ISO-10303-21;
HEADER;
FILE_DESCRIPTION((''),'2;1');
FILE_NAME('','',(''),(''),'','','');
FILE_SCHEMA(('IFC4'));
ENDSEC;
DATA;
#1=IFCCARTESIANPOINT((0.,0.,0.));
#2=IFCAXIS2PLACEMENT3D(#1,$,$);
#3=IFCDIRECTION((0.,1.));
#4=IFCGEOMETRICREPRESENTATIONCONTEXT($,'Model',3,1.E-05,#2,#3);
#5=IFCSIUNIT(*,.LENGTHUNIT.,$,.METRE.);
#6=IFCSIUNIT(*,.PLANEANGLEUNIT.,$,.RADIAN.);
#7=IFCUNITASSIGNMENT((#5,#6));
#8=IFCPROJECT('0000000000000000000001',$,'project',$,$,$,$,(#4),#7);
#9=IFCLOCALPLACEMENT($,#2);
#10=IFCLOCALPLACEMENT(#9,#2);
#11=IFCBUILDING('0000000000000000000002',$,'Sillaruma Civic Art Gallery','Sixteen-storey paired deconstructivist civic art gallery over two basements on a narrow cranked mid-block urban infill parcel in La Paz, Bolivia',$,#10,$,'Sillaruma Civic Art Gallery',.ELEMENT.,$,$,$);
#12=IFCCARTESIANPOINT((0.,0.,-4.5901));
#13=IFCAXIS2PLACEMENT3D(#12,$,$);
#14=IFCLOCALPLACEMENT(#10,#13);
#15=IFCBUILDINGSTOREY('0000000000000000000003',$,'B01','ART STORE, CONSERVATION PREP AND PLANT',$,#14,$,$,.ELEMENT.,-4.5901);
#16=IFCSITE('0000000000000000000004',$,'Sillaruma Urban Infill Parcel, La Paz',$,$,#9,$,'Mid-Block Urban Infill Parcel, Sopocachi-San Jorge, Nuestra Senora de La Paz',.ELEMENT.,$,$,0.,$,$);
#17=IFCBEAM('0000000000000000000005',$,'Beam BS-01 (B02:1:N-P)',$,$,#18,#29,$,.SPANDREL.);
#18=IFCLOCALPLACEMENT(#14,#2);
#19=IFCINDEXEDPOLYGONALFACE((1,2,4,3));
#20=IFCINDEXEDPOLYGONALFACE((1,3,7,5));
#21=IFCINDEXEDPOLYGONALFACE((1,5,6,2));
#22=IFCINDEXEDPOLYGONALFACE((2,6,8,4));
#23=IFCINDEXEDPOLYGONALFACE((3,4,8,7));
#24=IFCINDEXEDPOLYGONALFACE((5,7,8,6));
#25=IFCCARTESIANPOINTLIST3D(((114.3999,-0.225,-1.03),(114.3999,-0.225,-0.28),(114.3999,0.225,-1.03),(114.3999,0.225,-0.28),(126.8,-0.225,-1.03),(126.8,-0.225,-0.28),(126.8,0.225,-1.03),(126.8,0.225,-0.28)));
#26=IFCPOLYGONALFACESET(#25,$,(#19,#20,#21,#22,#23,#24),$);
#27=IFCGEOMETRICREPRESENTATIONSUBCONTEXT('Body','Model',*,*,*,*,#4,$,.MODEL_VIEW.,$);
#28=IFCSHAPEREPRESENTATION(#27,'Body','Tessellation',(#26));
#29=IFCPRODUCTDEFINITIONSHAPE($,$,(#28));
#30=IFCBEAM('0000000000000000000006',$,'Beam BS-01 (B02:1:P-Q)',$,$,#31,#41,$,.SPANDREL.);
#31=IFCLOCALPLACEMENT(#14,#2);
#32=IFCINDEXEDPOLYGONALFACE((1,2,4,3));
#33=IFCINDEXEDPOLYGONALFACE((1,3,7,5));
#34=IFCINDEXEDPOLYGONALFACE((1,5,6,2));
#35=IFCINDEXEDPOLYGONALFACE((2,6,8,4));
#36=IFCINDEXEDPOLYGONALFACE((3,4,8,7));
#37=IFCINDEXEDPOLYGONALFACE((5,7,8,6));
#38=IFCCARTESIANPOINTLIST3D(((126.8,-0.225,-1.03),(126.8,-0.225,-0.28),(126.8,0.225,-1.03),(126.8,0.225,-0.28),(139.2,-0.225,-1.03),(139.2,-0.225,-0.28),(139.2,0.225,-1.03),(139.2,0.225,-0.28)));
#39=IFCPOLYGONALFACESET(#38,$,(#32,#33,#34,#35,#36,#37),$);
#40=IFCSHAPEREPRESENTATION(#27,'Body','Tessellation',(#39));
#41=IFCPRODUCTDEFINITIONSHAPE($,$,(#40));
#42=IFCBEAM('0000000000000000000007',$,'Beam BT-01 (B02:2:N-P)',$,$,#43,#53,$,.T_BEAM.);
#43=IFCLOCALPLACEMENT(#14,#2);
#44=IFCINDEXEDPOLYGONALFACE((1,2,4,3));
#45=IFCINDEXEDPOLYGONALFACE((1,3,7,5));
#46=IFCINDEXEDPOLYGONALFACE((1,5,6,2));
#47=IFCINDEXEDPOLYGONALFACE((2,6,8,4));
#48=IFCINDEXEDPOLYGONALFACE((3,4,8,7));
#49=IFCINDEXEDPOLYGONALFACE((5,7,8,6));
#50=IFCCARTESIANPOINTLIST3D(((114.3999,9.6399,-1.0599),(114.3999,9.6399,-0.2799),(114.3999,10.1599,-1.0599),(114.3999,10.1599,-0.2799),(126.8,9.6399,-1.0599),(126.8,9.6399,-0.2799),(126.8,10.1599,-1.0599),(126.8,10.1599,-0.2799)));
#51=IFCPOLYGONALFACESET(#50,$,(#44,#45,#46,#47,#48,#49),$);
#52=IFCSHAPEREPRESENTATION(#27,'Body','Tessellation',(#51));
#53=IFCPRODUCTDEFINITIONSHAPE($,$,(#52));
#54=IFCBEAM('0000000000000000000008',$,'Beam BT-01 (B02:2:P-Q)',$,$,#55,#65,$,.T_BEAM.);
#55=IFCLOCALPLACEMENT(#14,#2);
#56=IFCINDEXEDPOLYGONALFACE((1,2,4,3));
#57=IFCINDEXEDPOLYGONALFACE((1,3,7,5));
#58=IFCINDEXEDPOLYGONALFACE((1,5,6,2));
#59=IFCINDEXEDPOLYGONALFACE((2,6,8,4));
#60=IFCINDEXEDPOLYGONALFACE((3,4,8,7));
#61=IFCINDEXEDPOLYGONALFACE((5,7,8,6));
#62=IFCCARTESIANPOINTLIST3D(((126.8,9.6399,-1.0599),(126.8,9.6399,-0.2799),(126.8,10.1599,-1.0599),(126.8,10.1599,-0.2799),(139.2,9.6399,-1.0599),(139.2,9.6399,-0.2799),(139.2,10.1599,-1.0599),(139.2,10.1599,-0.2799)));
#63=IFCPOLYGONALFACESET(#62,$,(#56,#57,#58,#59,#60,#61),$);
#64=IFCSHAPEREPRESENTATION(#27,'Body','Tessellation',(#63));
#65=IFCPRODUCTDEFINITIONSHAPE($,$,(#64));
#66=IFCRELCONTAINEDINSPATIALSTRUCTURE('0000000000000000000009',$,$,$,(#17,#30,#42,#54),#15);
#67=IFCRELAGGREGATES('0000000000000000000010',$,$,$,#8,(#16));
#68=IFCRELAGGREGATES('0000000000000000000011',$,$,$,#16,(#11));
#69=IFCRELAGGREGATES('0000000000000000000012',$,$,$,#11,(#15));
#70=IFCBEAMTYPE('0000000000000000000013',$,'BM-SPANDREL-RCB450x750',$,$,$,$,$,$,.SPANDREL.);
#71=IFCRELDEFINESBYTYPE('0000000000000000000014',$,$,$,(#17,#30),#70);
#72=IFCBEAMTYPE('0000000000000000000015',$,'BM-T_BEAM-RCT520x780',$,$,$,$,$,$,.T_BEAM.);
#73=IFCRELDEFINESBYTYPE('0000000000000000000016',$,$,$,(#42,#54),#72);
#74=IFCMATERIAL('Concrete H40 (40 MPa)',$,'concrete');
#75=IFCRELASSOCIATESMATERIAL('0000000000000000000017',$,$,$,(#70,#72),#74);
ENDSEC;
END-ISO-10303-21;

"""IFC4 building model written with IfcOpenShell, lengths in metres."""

from ifc_helpers import new_model, si_unit, direction, frame, origin, origin_2d, place, context, subcontext, project, spatial, rectangle, extrude, material, material_profile, profile_set, type_object, element, save


model = new_model("IFC4")

# Units and contexts
model_context = context("Model", 3, precision=1e-05, world=origin(), true_north=direction((0.0, 1.0)))
body_context = subcontext(model_context, "Body", "Model", "MODEL_VIEW")
ifc_project = project(units=[si_unit("LENGTHUNIT", "METRE"), si_unit("PLANEANGLEUNIT", "RADIAN")], contexts=[model_context])

# Site, building, storey
site_placement = place(None, origin())
site = spatial("IfcSite", under=ifc_project, at=site_placement, Name="Sillaruma Urban Infill Parcel, La Paz", LongName="Mid-Block Urban Infill Parcel, Sopocachi-San Jorge, Nuestra Senora de La Paz", CompositionType="ELEMENT", RefElevation=0.0)
building_placement = place(site_placement, origin())
building = spatial("IfcBuilding", under=site, at=building_placement, Name="Sillaruma Civic Art Gallery", Description="Sixteen-storey paired deconstructivist civic art gallery over two basements on a narrow cranked mid-block urban infill parcel in La Paz, Bolivia", LongName="Sillaruma Civic Art Gallery", CompositionType="ELEMENT")
storey_placement = place(building_placement, frame((0.0, 0.0, -4.5901)))
storey = spatial("IfcBuildingStorey", under=building, at=storey_placement, Name="B01", Description="ART STORE, CONSERVATION PREP AND PLANT", CompositionType="ELEMENT", Elevation=-4.5901)

# Shared definitions
ifc_material_1 = material(Name="Concrete H40 (40 MPa)", Category="concrete")

# Beams
ifc_material_profile_1 = material_profile(ifc_material_1, rectangle(XDim=0.45, YDim=0.75, at=origin_2d()), Name="RCB450x750")
ifc_profile_set_1 = profile_set([ifc_material_profile_1], Name="Concrete H40 (40 MPa)")
beam_type_1 = type_object("IfcBeamType", Name="BM-SPANDREL-RCB450x750", PredefinedType="SPANDREL", material=ifc_profile_set_1)
beam_1_placement = place(storey_placement, frame((114.3999, 0.0, -0.655), z_axis=(1.0, 0.0, 0.0), x_axis=(0.0, 1.0, 0.0)))
element("IfcBeam", 1, at=beam_1_placement, inside=storey, type_object=beam_type_1, Name="Beam BS-01 (B02:1:N-P)", PredefinedType="SPANDREL", context=body_context, shape_type="SweptSolid", body=[
    extrude(rectangle(XDim=0.45, YDim=0.75, at=origin_2d()), origin(), (0.0, 0.0, 1.0), 12.4001),
])
beam_2_placement = place(storey_placement, frame((126.8, 0.0, -0.655), z_axis=(1.0, 0.0, 0.0), x_axis=(0.0, 1.0, 0.0)))
element("IfcBeam", 2, at=beam_2_placement, inside=storey, type_object=beam_type_1, Name="Beam BS-01 (B02:1:P-Q)", PredefinedType="SPANDREL", context=body_context, shape_type="SweptSolid", body=[
    extrude(rectangle(XDim=0.45, YDim=0.75, at=origin_2d()), origin(), (0.0, 0.0, 1.0), 12.3999),
])
ifc_material_profile_2 = material_profile(ifc_material_1, rectangle(XDim=0.52, YDim=0.78, at=origin_2d()), Name="RCT520x780")
ifc_profile_set_2 = profile_set([ifc_material_profile_2], Name="Concrete H40 (40 MPa)")
beam_type_2 = type_object("IfcBeamType", Name="BM-T_BEAM-RCT520x780", PredefinedType="T_BEAM", material=ifc_profile_set_2)
beam_3_placement = place(storey_placement, frame((114.3999, 9.8999, -0.6699), z_axis=(1.0, 0.0, 0.0), x_axis=(0.0, 1.0, 0.0)))
element("IfcBeam", 3, at=beam_3_placement, inside=storey, type_object=beam_type_2, Name="Beam BT-01 (B02:2:N-P)", PredefinedType="T_BEAM", context=body_context, shape_type="SweptSolid", body=[
    extrude(rectangle(XDim=0.52, YDim=0.78, at=origin_2d()), origin(), (0.0, 0.0, 1.0), 12.4001),
])
beam_4_placement = place(storey_placement, frame((126.8, 9.8999, -0.6699), z_axis=(1.0, 0.0, 0.0), x_axis=(0.0, 1.0, 0.0)))
element("IfcBeam", 4, at=beam_4_placement, inside=storey, type_object=beam_type_2, Name="Beam BT-01 (B02:2:P-Q)", PredefinedType="T_BEAM", context=body_context, shape_type="SweptSolid", body=[
    extrude(rectangle(XDim=0.52, YDim=0.78, at=origin_2d()), origin(), (0.0, 0.0, 1.0), 12.3999),
])

save(model, "model.ifc")
